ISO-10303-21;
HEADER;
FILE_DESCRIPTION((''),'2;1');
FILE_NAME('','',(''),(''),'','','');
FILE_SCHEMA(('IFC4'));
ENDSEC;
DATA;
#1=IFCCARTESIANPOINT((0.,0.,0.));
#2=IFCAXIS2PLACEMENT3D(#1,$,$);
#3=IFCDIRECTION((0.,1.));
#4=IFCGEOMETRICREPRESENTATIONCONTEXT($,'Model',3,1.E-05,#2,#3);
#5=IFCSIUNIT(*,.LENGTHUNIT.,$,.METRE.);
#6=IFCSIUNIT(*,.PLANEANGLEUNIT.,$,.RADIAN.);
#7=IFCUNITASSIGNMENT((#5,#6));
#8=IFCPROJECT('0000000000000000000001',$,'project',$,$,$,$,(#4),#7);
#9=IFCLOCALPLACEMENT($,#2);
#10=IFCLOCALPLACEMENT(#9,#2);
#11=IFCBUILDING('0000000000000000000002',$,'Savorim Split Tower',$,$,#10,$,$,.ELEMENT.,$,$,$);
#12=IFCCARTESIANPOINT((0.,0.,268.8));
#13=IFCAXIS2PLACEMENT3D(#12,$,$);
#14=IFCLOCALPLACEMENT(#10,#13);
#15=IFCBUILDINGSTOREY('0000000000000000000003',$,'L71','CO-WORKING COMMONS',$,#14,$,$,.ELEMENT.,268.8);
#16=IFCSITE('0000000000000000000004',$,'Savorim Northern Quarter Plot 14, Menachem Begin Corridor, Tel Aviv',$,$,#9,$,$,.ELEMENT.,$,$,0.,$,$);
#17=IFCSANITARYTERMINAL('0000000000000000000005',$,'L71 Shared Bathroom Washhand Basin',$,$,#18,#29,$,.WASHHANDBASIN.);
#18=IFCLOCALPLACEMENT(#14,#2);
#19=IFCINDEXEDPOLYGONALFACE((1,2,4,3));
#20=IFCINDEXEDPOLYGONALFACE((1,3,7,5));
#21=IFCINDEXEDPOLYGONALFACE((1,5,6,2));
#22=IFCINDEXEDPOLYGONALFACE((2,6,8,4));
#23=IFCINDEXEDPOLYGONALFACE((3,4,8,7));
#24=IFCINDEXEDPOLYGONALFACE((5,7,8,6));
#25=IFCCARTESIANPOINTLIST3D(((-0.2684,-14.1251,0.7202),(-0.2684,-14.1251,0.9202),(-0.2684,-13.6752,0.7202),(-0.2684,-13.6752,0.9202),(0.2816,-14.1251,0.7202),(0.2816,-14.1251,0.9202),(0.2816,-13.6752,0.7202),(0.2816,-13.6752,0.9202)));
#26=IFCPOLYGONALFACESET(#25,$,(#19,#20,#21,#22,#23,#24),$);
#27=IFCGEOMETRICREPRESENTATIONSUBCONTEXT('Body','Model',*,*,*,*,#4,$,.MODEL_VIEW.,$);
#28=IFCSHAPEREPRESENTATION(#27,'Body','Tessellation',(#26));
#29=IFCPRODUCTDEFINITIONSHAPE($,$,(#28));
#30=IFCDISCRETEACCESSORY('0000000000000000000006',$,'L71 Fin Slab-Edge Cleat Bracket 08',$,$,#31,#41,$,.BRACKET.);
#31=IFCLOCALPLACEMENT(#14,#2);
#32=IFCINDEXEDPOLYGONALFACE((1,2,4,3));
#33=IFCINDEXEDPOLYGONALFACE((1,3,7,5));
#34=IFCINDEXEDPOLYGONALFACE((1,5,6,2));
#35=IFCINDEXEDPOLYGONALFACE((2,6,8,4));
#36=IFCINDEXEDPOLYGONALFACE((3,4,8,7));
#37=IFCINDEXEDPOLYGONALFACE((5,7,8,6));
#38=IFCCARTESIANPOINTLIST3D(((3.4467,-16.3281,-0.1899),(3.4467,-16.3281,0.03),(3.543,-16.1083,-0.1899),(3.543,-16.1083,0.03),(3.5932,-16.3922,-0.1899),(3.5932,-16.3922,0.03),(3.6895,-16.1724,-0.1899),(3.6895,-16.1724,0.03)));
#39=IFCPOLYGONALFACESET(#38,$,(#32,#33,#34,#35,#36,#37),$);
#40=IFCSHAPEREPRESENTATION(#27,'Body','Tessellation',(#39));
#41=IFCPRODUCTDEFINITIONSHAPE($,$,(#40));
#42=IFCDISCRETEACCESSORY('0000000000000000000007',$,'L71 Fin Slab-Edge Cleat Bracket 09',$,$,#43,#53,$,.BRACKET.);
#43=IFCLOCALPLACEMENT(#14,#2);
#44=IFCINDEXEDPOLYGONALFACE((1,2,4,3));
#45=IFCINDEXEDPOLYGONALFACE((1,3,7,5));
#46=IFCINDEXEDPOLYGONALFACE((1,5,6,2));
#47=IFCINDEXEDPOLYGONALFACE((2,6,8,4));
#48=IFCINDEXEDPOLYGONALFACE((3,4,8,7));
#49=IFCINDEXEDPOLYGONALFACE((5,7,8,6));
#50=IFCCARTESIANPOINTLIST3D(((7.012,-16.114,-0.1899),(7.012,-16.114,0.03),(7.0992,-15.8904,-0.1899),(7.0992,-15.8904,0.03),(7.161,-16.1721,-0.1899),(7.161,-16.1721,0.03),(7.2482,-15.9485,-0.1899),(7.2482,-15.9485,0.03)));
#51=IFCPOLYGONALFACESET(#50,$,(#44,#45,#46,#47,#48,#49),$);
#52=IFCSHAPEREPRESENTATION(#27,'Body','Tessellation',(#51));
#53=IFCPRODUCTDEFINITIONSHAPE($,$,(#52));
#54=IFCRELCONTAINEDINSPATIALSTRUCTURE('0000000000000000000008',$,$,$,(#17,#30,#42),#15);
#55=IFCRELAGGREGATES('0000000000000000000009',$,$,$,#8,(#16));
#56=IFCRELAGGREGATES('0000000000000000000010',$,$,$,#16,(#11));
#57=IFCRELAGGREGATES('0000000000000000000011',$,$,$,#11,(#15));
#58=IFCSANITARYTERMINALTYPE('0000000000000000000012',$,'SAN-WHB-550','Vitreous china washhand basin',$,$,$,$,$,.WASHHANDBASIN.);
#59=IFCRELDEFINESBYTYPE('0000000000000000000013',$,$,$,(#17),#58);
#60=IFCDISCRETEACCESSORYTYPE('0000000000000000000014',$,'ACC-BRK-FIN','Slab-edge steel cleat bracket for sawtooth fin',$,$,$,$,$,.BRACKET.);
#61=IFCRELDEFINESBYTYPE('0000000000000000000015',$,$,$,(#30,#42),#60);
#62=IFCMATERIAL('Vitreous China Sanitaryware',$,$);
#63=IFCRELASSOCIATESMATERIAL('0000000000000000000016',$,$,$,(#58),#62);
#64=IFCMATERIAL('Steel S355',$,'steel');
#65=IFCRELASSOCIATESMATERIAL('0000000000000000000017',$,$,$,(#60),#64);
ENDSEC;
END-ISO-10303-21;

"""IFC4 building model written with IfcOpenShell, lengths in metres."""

from ifc_helpers import new_model, si_unit, direction, frame, origin, origin_2d, place, context, subcontext, project, spatial, rectangle, extrude, material, type_object, element, save


model = new_model("IFC4")

# Units and contexts
model_context = context("Model", 3, precision=1e-05, world=origin(), true_north=direction((0.0, 1.0)))
body_context = subcontext(model_context, "Body", "Model", "MODEL_VIEW")
ifc_project = project(units=[si_unit("LENGTHUNIT", "METRE"), si_unit("PLANEANGLEUNIT", "RADIAN")], contexts=[model_context])

# Site, building, storey
site_placement = place(None, origin())
site = spatial("IfcSite", under=ifc_project, at=site_placement, Name="Savorim Northern Quarter Plot 14, Menachem Begin Corridor, Tel Aviv", CompositionType="ELEMENT", RefElevation=0.0)
building_placement = place(site_placement, origin())
building = spatial("IfcBuilding", under=site, at=building_placement, Name="Savorim Split Tower", CompositionType="ELEMENT")
storey_placement = place(building_placement, frame((0.0, 0.0, 268.8)))
storey = spatial("IfcBuildingStorey", under=building, at=storey_placement, Name="L71", Description="CO-WORKING COMMONS", CompositionType="ELEMENT", Elevation=268.8)

# Shared definitions
ifc_material_1 = material(Name="Steel S355", Category="steel")

# Sanitary terminal
ifc_material_2 = material(Name="Vitreous China Sanitaryware")
sanitary_terminal_type_1 = type_object("IfcSanitaryTerminalType", Name="SAN-WHB-550", Description="Vitreous china washhand basin", PredefinedType="WASHHANDBASIN", material=ifc_material_2)
for number, where, z_axis, x_axis, name in (
    (1, (0.0066, -13.9001, 0.7202), (0.0, 0.0, 1.0), (1.0, 0.0, 0.0), "L71 Shared Bathroom Washhand Basin"),
):
    element("IfcSanitaryTerminal", number, at=place(storey_placement, frame(where, z_axis=z_axis, x_axis=x_axis)), inside=storey, type_object=sanitary_terminal_type_1, Name=name, PredefinedType="WASHHANDBASIN", context=body_context, shape_type="SweptSolid", body=[
        extrude(rectangle(XDim=0.55, YDim=0.45, at=origin_2d()), origin(), (0.0, 0.0, 1.0), 0.2),
    ])

# Discrete accessories
discrete_accessory_type = type_object("IfcDiscreteAccessoryType", Name="ACC-BRK-FIN", Description="Slab-edge steel cleat bracket for sawtooth fin", PredefinedType="BRACKET", material=ifc_material_1)
for number, where, z_axis, x_axis, name in (
    (2, (3.5681, -16.2502, -0.1899), (0.0, 0.0, 1.0), (-0.40123, -0.915977, 0.0), "L71 Fin Slab-Edge Cleat Bracket 08"),
    (3, (7.1301, -16.0312, -0.1899), (0.0, 0.0, 1.0), (-0.363415, -0.931627, 0.0), "L71 Fin Slab-Edge Cleat Bracket 09"),
):
    element("IfcDiscreteAccessory", number, at=place(storey_placement, frame(where, z_axis=z_axis, x_axis=x_axis)), inside=storey, type_object=discrete_accessory_type, Name=name, PredefinedType="BRACKET", context=body_context, shape_type="SweptSolid", body=[
        extrude(rectangle(XDim=0.24, YDim=0.1599, at=origin_2d()), origin(), (0.0, 0.0, 1.0), 0.22),
    ])

save(model, "model.ifc")
